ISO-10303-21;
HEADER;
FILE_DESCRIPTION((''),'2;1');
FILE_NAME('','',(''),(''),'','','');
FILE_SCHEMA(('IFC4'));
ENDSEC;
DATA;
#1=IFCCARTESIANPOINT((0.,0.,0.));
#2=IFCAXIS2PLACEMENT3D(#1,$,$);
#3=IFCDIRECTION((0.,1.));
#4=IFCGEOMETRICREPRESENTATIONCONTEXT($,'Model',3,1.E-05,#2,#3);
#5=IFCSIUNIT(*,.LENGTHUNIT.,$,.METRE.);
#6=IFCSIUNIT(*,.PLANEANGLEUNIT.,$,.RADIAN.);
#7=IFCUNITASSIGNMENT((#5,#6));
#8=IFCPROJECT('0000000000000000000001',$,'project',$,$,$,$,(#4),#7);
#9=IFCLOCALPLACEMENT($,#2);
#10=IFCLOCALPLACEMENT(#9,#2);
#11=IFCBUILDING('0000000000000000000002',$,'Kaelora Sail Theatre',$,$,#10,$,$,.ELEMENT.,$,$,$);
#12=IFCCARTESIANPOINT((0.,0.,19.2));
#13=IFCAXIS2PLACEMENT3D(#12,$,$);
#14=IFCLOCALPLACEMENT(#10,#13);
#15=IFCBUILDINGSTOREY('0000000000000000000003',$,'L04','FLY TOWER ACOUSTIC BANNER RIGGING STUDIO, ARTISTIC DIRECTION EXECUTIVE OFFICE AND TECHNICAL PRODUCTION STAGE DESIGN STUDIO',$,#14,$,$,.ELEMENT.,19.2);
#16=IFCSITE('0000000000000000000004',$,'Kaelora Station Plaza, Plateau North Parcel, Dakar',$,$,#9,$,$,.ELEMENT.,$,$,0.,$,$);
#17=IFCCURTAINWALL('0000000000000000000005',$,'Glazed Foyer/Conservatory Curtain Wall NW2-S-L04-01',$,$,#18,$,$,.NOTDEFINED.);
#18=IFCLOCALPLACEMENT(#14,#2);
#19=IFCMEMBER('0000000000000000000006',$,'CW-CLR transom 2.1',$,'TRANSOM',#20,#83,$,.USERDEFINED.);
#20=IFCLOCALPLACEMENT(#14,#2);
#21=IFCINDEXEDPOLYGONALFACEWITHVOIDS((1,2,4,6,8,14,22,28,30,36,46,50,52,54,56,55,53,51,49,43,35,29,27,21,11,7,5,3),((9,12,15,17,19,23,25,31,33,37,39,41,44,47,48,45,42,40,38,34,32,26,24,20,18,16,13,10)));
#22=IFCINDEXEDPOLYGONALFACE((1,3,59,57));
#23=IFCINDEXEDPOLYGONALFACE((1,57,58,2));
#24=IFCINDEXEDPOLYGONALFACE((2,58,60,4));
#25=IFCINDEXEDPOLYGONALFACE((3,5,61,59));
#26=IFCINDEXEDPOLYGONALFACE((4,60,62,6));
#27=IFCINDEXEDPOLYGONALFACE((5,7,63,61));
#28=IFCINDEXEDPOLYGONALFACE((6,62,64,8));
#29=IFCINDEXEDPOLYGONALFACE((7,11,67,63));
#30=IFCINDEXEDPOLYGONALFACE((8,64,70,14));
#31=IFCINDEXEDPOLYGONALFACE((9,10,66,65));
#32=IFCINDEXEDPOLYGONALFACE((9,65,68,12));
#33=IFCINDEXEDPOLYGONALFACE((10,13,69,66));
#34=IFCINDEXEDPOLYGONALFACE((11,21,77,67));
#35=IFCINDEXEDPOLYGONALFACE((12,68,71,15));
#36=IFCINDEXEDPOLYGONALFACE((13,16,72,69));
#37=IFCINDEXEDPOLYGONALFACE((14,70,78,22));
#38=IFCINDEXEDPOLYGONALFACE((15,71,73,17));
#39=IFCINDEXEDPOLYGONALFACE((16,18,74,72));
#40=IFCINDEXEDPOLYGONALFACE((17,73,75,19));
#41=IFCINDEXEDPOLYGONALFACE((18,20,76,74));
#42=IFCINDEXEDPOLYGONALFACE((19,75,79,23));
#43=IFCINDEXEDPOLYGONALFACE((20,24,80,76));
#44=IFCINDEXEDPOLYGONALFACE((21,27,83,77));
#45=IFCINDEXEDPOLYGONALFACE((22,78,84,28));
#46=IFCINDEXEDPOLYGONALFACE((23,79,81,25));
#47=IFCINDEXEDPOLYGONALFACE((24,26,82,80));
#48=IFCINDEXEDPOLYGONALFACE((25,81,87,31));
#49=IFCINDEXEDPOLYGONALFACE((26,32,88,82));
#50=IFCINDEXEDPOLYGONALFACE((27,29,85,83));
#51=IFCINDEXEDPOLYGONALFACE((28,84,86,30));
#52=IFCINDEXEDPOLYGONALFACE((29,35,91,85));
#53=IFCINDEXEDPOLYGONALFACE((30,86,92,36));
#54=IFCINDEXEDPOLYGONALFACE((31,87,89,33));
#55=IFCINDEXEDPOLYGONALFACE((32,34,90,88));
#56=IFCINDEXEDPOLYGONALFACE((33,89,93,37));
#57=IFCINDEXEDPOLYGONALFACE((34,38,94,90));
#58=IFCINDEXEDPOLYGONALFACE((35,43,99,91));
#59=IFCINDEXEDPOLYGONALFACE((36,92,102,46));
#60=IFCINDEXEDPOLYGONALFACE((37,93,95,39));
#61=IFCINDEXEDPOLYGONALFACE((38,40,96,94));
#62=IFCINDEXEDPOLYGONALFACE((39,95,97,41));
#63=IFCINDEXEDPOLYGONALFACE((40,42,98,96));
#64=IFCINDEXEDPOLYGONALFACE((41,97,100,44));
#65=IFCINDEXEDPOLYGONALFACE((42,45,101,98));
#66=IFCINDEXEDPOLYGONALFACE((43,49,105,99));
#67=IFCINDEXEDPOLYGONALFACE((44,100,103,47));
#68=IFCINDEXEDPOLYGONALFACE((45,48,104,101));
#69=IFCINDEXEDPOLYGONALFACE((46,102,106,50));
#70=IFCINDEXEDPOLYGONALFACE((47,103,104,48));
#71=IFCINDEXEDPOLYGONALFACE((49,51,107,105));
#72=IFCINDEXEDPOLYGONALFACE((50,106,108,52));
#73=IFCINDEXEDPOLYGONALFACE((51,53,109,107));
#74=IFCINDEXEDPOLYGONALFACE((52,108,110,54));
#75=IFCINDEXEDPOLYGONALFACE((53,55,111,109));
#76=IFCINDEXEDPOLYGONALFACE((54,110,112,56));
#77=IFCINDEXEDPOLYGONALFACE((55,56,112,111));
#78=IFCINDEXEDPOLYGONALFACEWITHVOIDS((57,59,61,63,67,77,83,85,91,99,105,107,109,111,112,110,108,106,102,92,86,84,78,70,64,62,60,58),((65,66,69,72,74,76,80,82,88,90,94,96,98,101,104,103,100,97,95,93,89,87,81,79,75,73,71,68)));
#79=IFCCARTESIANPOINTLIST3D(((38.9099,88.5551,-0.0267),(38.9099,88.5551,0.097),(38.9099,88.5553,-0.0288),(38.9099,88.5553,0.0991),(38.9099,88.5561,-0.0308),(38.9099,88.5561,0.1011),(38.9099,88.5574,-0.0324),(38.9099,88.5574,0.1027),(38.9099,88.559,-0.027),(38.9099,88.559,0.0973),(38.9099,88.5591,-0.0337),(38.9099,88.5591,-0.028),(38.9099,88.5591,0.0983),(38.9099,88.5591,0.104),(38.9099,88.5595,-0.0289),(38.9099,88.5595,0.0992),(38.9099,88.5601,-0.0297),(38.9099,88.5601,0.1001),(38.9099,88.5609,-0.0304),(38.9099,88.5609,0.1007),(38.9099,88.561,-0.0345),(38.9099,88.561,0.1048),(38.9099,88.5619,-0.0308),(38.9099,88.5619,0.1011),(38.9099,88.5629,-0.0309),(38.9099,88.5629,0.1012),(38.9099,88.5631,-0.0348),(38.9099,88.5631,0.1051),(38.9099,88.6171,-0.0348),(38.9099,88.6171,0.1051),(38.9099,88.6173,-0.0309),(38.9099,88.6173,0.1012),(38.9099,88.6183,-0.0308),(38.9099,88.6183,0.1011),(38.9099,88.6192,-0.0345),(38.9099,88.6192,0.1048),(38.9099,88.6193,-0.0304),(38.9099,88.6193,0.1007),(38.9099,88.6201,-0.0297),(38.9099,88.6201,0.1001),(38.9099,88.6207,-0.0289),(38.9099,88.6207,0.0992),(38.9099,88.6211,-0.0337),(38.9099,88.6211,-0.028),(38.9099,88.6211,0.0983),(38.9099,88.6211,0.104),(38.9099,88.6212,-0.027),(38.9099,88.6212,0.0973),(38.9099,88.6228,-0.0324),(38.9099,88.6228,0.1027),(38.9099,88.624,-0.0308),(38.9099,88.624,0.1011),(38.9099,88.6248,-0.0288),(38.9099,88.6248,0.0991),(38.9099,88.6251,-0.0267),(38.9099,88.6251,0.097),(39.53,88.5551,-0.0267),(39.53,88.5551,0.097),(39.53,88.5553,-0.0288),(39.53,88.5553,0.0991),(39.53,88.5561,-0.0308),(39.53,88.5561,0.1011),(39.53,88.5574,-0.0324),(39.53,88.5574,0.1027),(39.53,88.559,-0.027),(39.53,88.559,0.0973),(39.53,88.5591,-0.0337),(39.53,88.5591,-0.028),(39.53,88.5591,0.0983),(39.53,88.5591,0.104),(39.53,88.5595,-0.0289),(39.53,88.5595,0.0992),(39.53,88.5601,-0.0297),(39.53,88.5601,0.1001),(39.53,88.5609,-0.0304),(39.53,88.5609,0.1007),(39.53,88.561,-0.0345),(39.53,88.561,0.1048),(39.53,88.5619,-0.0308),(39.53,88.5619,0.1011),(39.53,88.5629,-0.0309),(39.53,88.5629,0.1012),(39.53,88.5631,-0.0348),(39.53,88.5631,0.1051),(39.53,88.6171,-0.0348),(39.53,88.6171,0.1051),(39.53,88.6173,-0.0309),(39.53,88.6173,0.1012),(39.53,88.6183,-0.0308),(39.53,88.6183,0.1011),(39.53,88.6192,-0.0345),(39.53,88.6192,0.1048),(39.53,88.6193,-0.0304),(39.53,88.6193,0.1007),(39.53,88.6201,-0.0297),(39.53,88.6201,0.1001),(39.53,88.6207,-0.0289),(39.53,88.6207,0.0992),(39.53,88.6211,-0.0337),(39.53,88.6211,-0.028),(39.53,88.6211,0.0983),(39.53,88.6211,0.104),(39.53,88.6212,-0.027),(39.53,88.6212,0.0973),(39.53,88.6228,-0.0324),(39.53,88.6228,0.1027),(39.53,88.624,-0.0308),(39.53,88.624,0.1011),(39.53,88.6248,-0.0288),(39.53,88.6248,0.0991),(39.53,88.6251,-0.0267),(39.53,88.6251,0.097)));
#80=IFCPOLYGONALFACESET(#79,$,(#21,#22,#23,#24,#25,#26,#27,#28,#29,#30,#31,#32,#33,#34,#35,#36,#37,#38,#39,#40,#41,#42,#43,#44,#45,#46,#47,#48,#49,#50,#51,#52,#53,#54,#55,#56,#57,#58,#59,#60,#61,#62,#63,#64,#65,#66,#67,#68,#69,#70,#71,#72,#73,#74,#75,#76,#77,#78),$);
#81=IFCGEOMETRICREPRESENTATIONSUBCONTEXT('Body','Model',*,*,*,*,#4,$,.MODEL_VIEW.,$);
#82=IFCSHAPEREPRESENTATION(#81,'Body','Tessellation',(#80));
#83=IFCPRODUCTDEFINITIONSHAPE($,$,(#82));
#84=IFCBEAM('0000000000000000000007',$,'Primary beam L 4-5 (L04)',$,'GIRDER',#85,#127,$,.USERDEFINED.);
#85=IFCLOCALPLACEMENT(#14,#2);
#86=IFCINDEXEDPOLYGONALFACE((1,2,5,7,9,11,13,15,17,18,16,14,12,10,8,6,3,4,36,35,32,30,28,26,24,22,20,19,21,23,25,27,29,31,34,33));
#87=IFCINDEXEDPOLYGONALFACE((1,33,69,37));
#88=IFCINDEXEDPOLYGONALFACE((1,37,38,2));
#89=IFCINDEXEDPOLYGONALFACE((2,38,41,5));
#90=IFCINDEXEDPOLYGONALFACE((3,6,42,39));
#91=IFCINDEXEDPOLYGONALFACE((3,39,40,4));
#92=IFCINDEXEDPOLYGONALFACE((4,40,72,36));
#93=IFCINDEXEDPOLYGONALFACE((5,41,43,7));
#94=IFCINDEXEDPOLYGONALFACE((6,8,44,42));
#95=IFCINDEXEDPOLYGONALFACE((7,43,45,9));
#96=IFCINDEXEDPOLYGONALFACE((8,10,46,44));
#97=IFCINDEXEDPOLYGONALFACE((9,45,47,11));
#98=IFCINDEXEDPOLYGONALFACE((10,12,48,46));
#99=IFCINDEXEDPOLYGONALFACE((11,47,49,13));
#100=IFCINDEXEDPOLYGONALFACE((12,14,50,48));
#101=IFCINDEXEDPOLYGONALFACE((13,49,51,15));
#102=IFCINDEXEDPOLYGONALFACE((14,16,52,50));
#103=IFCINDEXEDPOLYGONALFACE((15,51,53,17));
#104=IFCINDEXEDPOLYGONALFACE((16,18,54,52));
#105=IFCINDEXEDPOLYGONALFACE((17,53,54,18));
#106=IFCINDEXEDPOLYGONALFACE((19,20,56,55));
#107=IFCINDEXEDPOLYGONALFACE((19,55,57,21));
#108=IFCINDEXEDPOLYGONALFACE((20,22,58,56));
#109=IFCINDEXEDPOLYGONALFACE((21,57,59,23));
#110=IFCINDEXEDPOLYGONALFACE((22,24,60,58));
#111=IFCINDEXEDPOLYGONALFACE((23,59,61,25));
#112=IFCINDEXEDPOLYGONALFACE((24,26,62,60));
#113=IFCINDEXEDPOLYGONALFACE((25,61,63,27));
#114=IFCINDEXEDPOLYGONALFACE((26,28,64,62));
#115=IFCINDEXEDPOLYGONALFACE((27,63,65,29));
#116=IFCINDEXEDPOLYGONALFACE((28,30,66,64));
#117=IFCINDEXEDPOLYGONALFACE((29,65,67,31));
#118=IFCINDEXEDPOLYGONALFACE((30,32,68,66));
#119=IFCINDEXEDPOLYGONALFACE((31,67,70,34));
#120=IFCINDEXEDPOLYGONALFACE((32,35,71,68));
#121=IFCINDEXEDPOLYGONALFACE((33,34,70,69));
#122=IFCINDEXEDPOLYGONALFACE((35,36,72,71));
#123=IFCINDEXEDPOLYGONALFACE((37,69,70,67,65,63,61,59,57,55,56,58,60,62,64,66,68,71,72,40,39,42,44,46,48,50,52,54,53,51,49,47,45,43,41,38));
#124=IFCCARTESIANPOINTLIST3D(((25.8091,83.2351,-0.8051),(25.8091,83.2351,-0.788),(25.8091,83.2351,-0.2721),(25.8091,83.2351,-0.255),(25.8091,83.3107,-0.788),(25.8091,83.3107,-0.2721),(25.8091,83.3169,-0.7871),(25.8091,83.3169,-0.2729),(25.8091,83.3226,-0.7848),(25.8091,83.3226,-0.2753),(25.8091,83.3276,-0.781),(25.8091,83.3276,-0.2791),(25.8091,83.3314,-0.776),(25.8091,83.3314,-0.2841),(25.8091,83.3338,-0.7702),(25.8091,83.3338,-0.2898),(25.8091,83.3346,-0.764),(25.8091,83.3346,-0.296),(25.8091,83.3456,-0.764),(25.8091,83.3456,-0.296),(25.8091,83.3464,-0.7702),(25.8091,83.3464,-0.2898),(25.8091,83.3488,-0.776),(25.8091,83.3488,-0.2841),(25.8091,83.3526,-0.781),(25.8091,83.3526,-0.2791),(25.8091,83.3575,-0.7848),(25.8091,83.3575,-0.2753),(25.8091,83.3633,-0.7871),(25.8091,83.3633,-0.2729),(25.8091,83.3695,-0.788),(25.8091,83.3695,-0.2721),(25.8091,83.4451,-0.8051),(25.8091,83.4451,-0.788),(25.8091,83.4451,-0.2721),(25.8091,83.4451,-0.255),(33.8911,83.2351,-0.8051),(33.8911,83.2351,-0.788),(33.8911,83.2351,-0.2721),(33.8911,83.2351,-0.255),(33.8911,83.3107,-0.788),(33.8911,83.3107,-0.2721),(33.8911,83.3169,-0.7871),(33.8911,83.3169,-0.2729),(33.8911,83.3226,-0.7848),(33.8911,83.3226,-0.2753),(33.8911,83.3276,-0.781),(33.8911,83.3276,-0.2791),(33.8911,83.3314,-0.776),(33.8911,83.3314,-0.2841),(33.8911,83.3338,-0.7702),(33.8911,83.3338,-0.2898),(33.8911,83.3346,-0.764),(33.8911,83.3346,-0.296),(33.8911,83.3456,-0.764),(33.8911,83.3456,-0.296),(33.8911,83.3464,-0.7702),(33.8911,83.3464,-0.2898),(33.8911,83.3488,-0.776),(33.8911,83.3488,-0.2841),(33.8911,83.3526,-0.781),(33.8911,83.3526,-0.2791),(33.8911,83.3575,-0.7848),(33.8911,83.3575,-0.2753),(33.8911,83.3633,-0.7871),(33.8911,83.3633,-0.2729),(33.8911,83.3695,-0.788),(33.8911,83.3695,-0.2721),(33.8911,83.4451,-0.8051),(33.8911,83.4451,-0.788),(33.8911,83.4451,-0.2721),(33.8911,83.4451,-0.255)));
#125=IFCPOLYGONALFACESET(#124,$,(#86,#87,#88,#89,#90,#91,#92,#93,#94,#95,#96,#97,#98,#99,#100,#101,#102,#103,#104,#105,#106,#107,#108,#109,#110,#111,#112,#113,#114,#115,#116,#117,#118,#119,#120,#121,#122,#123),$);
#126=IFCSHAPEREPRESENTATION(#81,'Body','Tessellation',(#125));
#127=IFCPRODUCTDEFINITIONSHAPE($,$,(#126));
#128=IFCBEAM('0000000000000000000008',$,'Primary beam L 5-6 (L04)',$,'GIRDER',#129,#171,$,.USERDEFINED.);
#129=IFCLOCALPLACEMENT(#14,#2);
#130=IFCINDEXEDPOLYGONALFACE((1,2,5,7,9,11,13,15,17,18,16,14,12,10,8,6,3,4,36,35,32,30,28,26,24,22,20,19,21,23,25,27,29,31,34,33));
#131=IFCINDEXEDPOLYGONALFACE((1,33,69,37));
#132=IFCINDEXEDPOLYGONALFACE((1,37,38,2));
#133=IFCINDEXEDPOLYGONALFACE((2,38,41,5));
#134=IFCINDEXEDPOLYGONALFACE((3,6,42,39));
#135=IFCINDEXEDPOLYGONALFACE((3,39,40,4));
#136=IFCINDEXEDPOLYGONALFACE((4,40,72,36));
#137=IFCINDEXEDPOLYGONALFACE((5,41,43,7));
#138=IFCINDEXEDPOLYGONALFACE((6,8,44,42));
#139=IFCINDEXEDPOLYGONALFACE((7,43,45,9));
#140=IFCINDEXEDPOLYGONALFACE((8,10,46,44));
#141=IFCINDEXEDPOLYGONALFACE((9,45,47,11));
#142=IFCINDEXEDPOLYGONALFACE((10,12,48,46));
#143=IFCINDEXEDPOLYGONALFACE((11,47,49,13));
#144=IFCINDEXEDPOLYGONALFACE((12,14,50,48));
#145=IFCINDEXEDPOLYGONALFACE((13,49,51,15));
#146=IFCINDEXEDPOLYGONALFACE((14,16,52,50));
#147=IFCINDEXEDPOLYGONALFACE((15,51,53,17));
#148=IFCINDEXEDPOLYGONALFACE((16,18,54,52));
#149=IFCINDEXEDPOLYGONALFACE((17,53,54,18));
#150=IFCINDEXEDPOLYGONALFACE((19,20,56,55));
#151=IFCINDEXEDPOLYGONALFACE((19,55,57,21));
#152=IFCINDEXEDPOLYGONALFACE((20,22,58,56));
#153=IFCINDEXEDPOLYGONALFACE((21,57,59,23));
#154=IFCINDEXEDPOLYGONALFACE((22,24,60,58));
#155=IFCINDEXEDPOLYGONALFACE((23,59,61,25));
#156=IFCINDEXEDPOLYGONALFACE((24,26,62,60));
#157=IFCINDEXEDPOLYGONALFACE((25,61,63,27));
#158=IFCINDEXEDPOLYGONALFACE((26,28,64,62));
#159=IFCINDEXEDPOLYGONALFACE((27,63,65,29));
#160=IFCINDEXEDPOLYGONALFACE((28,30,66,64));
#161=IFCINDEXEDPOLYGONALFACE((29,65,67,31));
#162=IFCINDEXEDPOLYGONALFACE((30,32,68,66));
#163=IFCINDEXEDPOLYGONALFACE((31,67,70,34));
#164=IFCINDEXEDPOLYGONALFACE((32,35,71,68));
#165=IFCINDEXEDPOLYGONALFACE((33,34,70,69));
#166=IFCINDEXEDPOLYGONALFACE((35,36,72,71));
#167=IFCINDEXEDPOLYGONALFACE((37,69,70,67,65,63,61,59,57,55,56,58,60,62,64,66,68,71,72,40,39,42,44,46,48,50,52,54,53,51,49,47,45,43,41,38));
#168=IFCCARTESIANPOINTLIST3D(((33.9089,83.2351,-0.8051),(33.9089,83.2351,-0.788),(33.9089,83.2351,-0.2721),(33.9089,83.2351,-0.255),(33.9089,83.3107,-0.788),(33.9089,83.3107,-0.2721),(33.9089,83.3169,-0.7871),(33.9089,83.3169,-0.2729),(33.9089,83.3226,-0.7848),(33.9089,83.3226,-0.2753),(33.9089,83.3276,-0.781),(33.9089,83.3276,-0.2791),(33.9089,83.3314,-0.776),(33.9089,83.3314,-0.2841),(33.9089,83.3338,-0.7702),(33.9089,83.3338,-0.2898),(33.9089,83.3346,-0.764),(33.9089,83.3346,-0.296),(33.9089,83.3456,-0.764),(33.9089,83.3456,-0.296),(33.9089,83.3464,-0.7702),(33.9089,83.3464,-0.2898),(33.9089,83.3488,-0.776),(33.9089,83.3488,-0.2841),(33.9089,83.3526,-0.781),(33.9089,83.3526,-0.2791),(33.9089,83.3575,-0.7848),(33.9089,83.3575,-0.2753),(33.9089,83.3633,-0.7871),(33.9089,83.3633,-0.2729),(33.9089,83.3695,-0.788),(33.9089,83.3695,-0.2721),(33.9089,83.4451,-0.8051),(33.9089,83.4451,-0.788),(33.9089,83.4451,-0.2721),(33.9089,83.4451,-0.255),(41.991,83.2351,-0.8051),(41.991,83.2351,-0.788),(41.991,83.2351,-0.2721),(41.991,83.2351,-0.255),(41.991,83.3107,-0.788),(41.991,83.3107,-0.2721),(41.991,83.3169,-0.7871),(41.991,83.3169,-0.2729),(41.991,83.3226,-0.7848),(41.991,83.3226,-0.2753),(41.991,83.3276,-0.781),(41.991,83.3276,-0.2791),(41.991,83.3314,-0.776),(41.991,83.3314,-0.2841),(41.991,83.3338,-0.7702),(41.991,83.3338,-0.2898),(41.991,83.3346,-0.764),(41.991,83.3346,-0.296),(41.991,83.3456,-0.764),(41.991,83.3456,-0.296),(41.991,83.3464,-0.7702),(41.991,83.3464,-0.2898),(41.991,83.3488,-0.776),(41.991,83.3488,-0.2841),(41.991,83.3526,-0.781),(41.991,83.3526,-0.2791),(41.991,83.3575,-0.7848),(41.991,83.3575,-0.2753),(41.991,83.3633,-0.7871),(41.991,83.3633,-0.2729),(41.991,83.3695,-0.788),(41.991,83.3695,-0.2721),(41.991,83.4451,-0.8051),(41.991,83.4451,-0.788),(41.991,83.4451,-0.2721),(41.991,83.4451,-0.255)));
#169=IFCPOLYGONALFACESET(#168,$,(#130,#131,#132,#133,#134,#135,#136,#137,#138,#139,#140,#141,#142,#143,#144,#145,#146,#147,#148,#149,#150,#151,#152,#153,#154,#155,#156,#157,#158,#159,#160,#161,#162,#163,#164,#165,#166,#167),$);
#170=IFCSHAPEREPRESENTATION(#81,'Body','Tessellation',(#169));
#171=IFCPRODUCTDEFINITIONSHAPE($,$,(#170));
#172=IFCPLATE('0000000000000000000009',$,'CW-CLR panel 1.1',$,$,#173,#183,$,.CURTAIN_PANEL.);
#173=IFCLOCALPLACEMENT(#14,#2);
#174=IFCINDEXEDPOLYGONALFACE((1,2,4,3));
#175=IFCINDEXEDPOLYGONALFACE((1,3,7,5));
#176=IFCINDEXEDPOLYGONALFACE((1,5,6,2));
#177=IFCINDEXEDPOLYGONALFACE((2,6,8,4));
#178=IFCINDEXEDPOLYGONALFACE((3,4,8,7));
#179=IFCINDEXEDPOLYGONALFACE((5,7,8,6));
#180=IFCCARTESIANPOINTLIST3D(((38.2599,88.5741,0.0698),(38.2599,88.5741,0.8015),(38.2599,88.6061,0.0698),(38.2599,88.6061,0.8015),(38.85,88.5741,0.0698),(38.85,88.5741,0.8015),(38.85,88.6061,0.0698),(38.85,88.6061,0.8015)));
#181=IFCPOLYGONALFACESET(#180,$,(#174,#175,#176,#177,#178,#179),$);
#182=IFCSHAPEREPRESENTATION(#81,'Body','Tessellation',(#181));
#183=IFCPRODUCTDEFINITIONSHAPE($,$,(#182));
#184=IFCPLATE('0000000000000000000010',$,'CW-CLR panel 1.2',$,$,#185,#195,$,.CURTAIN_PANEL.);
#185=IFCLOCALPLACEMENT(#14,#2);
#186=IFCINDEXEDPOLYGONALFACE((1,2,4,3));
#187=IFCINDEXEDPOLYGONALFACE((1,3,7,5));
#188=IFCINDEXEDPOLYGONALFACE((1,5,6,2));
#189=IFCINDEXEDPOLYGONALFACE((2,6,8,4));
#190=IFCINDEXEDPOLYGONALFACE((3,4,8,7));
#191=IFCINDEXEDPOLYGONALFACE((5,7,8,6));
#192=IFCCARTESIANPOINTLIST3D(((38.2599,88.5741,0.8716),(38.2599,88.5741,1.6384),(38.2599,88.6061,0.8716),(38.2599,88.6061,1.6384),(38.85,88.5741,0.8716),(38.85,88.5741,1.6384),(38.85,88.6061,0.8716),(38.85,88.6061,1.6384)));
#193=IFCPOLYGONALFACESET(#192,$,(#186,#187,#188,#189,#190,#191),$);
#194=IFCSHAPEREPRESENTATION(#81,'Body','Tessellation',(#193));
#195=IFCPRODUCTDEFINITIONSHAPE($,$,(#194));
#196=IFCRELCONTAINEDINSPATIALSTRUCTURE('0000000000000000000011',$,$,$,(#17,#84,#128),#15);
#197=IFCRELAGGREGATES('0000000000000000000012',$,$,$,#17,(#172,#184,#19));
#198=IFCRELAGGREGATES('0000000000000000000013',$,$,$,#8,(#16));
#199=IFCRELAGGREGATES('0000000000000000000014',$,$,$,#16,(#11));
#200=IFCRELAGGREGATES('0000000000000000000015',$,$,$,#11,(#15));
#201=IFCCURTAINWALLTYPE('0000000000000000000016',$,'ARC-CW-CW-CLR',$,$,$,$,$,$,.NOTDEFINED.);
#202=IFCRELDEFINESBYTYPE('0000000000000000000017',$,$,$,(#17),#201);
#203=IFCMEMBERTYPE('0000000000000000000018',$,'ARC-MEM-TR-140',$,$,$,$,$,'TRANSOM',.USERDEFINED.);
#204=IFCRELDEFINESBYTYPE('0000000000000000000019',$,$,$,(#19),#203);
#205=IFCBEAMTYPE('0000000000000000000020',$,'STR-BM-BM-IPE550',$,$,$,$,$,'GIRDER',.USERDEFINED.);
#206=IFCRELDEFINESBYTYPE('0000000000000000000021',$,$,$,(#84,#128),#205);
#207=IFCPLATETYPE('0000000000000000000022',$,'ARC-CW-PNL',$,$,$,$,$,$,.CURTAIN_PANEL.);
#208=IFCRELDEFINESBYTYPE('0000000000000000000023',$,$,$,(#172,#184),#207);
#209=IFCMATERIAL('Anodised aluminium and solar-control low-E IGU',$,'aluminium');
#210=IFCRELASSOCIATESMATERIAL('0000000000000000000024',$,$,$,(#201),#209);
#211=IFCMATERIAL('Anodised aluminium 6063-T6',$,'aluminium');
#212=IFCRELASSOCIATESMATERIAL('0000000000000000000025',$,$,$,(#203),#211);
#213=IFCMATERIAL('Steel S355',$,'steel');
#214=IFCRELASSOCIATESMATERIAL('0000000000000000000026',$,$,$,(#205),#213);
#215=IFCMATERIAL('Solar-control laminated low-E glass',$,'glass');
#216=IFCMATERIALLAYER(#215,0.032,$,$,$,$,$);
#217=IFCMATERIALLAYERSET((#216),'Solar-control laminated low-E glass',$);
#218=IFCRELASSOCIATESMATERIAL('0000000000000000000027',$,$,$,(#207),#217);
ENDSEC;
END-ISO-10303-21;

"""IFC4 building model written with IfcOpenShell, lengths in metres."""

from ifc_helpers import new_model, si_unit, direction, frame, origin, origin_2d, place, context, subcontext, project, spatial, rectangle, hollow_rectangle, i_section, extrude, material, layer, layer_set, material_profile, profile_set, type_object, element, aggregate, save


model = new_model("IFC4")

# Units and contexts
model_context = context("Model", 3, precision=1e-05, world=origin(), true_north=direction((0.0, 1.0)))
body_context = subcontext(model_context, "Body", "Model", "MODEL_VIEW")
ifc_project = project(units=[si_unit("LENGTHUNIT", "METRE"), si_unit("PLANEANGLEUNIT", "RADIAN")], contexts=[model_context])

# Site, building, storey
site_placement = place(None, origin())
site = spatial("IfcSite", under=ifc_project, at=site_placement, Name="Kaelora Station Plaza, Plateau North Parcel, Dakar", CompositionType="ELEMENT", RefElevation=0.0)
building_placement = place(site_placement, origin())
building = spatial("IfcBuilding", under=site, at=building_placement, Name="Kaelora Sail Theatre", CompositionType="ELEMENT")
storey_placement = place(building_placement, frame((0.0, 0.0, 19.2)))
storey = spatial("IfcBuildingStorey", under=building, at=storey_placement, Name="L04", Description="FLY TOWER ACOUSTIC BANNER RIGGING STUDIO, ARTISTIC DIRECTION EXECUTIVE OFFICE AND TECHNICAL PRODUCTION STAGE DESIGN STUDIO", CompositionType="ELEMENT", Elevation=19.2)

# Curtain wall, member
ifc_material_1 = material(Name="Anodised aluminium and solar-control low-E IGU", Category="aluminium")
curtain_wall_type = type_object("IfcCurtainWallType", Name="ARC-CW-CW-CLR", PredefinedType="NOTDEFINED", material=ifc_material_1)
curtain_wall_placement = place(storey_placement, origin())
curtain_wall = element("IfcCurtainWall", 1, at=curtain_wall_placement, inside=storey, type_object=curtain_wall_type, Name="Glazed Foyer/Conservatory Curtain Wall NW2-S-L04-01", PredefinedType="NOTDEFINED")
ifc_material_2 = material(Name="Anodised aluminium 6063-T6", Category="aluminium")
ifc_material_profile_1 = material_profile(ifc_material_2, hollow_rectangle(XDim=0.0701, YDim=0.1399, WallThickness=0.0039, InnerFilletRadius=0.0039, OuterFilletRadius=0.0081, at=origin_2d()), Name="ALU-TRAN 70x140x4")
ifc_profile_set_1 = profile_set([ifc_material_profile_1], Name="Anodised aluminium 6063-T6")
member_type_1 = type_object("IfcMemberType", Name="ARC-MEM-TR-140", ElementType="TRANSOM", PredefinedType="USERDEFINED", material=ifc_profile_set_1)
member_1_placement = place(storey_placement, frame((38.9099, 88.5901, 0.0352), z_axis=(1.0, 0.0, 0.0), x_axis=(0.0, 1.0, 0.0)))
member_1 = element("IfcMember", 2, at=member_1_placement, type_object=member_type_1, Name="CW-CLR transom 2.1", ObjectType="TRANSOM", PredefinedType="USERDEFINED", context=body_context, shape_type="SweptSolid", body=[
    extrude(hollow_rectangle(XDim=0.0701, YDim=0.1399, WallThickness=0.0039, InnerFilletRadius=0.0039, OuterFilletRadius=0.0081, at=origin_2d()), origin(), (0.0, 0.0, 1.0), 0.6201),
])

# Beams
ifc_material_3 = material(Name="Steel S355", Category="steel")
ifc_material_profile_2 = material_profile(ifc_material_3, i_section(OverallWidth=0.21, OverallDepth=0.55, WebThickness=0.011, FlangeThickness=0.0171, FilletRadius=0.0239, at=origin_2d()), Name="IPE 550")
ifc_profile_set_2 = profile_set([ifc_material_profile_2], Name="Steel S355")
beam_type = type_object("IfcBeamType", Name="STR-BM-BM-IPE550", ElementType="GIRDER", PredefinedType="USERDEFINED", material=ifc_profile_set_2)
for number, where, z_axis, x_axis, name in (
    (3, (25.8091, 83.3401, -0.53), (1.0, 0.0, 0.0), (0.0, 1.0, 0.0), "Primary beam L 4-5 (L04)"),
    (4, (33.9089, 83.3401, -0.53), (1.0, 0.0, 0.0), (0.0, 1.0, 0.0), "Primary beam L 5-6 (L04)"),
):
    element("IfcBeam", number, at=place(storey_placement, frame(where, z_axis=z_axis, x_axis=x_axis)), inside=storey, type_object=beam_type, Name=name, ObjectType="GIRDER", PredefinedType="USERDEFINED", context=body_context, shape_type="SweptSolid", body=[
        extrude(i_section(OverallWidth=0.21, OverallDepth=0.55, WebThickness=0.011, FlangeThickness=0.0171, FilletRadius=0.0239, at=origin_2d()), origin(), (0.0, 0.0, 1.0), 8.082),
    ])

# Plates
ifc_material_4 = material(Name="Solar-control laminated low-E glass", Category="glass")
ifc_layer_1 = layer(ifc_material_4, 0.032)
ifc_layer_set_1 = layer_set([ifc_layer_1], Name="Solar-control laminated low-E glass")
plate_type = type_object("IfcPlateType", Name="ARC-CW-PNL", PredefinedType="CURTAIN_PANEL", material=ifc_layer_set_1)
plate_1_placement = place(storey_placement, frame((38.5549, 88.5901, 0.0698), z_axis=(0.0, 0.0, 1.0), x_axis=(1.0, 0.0, 0.0)))
plate_1 = element("IfcPlate", 5, at=plate_1_placement, type_object=plate_type, Name="CW-CLR panel 1.1", PredefinedType="CURTAIN_PANEL", context=body_context, shape_type="SweptSolid", body=[
    extrude(rectangle(XDim=0.5901, YDim=0.032, at=origin_2d()), origin(), (0.0, 0.0, 1.0), 0.7317),
])
plate_2_placement = place(storey_placement, frame((38.5549, 88.5901, 0.8716), z_axis=(0.0, 0.0, 1.0), x_axis=(1.0, 0.0, 0.0)))
plate_2 = element("IfcPlate", 6, at=plate_2_placement, type_object=plate_type, Name="CW-CLR panel 1.2", PredefinedType="CURTAIN_PANEL", context=body_context, shape_type="SweptSolid", body=[
    extrude(rectangle(XDim=0.5901, YDim=0.032, at=origin_2d()), origin(), (0.0, 0.0, 1.0), 0.7668),
])
aggregate(curtain_wall, [plate_1, plate_2, member_1])

save(model, "model.ifc")
